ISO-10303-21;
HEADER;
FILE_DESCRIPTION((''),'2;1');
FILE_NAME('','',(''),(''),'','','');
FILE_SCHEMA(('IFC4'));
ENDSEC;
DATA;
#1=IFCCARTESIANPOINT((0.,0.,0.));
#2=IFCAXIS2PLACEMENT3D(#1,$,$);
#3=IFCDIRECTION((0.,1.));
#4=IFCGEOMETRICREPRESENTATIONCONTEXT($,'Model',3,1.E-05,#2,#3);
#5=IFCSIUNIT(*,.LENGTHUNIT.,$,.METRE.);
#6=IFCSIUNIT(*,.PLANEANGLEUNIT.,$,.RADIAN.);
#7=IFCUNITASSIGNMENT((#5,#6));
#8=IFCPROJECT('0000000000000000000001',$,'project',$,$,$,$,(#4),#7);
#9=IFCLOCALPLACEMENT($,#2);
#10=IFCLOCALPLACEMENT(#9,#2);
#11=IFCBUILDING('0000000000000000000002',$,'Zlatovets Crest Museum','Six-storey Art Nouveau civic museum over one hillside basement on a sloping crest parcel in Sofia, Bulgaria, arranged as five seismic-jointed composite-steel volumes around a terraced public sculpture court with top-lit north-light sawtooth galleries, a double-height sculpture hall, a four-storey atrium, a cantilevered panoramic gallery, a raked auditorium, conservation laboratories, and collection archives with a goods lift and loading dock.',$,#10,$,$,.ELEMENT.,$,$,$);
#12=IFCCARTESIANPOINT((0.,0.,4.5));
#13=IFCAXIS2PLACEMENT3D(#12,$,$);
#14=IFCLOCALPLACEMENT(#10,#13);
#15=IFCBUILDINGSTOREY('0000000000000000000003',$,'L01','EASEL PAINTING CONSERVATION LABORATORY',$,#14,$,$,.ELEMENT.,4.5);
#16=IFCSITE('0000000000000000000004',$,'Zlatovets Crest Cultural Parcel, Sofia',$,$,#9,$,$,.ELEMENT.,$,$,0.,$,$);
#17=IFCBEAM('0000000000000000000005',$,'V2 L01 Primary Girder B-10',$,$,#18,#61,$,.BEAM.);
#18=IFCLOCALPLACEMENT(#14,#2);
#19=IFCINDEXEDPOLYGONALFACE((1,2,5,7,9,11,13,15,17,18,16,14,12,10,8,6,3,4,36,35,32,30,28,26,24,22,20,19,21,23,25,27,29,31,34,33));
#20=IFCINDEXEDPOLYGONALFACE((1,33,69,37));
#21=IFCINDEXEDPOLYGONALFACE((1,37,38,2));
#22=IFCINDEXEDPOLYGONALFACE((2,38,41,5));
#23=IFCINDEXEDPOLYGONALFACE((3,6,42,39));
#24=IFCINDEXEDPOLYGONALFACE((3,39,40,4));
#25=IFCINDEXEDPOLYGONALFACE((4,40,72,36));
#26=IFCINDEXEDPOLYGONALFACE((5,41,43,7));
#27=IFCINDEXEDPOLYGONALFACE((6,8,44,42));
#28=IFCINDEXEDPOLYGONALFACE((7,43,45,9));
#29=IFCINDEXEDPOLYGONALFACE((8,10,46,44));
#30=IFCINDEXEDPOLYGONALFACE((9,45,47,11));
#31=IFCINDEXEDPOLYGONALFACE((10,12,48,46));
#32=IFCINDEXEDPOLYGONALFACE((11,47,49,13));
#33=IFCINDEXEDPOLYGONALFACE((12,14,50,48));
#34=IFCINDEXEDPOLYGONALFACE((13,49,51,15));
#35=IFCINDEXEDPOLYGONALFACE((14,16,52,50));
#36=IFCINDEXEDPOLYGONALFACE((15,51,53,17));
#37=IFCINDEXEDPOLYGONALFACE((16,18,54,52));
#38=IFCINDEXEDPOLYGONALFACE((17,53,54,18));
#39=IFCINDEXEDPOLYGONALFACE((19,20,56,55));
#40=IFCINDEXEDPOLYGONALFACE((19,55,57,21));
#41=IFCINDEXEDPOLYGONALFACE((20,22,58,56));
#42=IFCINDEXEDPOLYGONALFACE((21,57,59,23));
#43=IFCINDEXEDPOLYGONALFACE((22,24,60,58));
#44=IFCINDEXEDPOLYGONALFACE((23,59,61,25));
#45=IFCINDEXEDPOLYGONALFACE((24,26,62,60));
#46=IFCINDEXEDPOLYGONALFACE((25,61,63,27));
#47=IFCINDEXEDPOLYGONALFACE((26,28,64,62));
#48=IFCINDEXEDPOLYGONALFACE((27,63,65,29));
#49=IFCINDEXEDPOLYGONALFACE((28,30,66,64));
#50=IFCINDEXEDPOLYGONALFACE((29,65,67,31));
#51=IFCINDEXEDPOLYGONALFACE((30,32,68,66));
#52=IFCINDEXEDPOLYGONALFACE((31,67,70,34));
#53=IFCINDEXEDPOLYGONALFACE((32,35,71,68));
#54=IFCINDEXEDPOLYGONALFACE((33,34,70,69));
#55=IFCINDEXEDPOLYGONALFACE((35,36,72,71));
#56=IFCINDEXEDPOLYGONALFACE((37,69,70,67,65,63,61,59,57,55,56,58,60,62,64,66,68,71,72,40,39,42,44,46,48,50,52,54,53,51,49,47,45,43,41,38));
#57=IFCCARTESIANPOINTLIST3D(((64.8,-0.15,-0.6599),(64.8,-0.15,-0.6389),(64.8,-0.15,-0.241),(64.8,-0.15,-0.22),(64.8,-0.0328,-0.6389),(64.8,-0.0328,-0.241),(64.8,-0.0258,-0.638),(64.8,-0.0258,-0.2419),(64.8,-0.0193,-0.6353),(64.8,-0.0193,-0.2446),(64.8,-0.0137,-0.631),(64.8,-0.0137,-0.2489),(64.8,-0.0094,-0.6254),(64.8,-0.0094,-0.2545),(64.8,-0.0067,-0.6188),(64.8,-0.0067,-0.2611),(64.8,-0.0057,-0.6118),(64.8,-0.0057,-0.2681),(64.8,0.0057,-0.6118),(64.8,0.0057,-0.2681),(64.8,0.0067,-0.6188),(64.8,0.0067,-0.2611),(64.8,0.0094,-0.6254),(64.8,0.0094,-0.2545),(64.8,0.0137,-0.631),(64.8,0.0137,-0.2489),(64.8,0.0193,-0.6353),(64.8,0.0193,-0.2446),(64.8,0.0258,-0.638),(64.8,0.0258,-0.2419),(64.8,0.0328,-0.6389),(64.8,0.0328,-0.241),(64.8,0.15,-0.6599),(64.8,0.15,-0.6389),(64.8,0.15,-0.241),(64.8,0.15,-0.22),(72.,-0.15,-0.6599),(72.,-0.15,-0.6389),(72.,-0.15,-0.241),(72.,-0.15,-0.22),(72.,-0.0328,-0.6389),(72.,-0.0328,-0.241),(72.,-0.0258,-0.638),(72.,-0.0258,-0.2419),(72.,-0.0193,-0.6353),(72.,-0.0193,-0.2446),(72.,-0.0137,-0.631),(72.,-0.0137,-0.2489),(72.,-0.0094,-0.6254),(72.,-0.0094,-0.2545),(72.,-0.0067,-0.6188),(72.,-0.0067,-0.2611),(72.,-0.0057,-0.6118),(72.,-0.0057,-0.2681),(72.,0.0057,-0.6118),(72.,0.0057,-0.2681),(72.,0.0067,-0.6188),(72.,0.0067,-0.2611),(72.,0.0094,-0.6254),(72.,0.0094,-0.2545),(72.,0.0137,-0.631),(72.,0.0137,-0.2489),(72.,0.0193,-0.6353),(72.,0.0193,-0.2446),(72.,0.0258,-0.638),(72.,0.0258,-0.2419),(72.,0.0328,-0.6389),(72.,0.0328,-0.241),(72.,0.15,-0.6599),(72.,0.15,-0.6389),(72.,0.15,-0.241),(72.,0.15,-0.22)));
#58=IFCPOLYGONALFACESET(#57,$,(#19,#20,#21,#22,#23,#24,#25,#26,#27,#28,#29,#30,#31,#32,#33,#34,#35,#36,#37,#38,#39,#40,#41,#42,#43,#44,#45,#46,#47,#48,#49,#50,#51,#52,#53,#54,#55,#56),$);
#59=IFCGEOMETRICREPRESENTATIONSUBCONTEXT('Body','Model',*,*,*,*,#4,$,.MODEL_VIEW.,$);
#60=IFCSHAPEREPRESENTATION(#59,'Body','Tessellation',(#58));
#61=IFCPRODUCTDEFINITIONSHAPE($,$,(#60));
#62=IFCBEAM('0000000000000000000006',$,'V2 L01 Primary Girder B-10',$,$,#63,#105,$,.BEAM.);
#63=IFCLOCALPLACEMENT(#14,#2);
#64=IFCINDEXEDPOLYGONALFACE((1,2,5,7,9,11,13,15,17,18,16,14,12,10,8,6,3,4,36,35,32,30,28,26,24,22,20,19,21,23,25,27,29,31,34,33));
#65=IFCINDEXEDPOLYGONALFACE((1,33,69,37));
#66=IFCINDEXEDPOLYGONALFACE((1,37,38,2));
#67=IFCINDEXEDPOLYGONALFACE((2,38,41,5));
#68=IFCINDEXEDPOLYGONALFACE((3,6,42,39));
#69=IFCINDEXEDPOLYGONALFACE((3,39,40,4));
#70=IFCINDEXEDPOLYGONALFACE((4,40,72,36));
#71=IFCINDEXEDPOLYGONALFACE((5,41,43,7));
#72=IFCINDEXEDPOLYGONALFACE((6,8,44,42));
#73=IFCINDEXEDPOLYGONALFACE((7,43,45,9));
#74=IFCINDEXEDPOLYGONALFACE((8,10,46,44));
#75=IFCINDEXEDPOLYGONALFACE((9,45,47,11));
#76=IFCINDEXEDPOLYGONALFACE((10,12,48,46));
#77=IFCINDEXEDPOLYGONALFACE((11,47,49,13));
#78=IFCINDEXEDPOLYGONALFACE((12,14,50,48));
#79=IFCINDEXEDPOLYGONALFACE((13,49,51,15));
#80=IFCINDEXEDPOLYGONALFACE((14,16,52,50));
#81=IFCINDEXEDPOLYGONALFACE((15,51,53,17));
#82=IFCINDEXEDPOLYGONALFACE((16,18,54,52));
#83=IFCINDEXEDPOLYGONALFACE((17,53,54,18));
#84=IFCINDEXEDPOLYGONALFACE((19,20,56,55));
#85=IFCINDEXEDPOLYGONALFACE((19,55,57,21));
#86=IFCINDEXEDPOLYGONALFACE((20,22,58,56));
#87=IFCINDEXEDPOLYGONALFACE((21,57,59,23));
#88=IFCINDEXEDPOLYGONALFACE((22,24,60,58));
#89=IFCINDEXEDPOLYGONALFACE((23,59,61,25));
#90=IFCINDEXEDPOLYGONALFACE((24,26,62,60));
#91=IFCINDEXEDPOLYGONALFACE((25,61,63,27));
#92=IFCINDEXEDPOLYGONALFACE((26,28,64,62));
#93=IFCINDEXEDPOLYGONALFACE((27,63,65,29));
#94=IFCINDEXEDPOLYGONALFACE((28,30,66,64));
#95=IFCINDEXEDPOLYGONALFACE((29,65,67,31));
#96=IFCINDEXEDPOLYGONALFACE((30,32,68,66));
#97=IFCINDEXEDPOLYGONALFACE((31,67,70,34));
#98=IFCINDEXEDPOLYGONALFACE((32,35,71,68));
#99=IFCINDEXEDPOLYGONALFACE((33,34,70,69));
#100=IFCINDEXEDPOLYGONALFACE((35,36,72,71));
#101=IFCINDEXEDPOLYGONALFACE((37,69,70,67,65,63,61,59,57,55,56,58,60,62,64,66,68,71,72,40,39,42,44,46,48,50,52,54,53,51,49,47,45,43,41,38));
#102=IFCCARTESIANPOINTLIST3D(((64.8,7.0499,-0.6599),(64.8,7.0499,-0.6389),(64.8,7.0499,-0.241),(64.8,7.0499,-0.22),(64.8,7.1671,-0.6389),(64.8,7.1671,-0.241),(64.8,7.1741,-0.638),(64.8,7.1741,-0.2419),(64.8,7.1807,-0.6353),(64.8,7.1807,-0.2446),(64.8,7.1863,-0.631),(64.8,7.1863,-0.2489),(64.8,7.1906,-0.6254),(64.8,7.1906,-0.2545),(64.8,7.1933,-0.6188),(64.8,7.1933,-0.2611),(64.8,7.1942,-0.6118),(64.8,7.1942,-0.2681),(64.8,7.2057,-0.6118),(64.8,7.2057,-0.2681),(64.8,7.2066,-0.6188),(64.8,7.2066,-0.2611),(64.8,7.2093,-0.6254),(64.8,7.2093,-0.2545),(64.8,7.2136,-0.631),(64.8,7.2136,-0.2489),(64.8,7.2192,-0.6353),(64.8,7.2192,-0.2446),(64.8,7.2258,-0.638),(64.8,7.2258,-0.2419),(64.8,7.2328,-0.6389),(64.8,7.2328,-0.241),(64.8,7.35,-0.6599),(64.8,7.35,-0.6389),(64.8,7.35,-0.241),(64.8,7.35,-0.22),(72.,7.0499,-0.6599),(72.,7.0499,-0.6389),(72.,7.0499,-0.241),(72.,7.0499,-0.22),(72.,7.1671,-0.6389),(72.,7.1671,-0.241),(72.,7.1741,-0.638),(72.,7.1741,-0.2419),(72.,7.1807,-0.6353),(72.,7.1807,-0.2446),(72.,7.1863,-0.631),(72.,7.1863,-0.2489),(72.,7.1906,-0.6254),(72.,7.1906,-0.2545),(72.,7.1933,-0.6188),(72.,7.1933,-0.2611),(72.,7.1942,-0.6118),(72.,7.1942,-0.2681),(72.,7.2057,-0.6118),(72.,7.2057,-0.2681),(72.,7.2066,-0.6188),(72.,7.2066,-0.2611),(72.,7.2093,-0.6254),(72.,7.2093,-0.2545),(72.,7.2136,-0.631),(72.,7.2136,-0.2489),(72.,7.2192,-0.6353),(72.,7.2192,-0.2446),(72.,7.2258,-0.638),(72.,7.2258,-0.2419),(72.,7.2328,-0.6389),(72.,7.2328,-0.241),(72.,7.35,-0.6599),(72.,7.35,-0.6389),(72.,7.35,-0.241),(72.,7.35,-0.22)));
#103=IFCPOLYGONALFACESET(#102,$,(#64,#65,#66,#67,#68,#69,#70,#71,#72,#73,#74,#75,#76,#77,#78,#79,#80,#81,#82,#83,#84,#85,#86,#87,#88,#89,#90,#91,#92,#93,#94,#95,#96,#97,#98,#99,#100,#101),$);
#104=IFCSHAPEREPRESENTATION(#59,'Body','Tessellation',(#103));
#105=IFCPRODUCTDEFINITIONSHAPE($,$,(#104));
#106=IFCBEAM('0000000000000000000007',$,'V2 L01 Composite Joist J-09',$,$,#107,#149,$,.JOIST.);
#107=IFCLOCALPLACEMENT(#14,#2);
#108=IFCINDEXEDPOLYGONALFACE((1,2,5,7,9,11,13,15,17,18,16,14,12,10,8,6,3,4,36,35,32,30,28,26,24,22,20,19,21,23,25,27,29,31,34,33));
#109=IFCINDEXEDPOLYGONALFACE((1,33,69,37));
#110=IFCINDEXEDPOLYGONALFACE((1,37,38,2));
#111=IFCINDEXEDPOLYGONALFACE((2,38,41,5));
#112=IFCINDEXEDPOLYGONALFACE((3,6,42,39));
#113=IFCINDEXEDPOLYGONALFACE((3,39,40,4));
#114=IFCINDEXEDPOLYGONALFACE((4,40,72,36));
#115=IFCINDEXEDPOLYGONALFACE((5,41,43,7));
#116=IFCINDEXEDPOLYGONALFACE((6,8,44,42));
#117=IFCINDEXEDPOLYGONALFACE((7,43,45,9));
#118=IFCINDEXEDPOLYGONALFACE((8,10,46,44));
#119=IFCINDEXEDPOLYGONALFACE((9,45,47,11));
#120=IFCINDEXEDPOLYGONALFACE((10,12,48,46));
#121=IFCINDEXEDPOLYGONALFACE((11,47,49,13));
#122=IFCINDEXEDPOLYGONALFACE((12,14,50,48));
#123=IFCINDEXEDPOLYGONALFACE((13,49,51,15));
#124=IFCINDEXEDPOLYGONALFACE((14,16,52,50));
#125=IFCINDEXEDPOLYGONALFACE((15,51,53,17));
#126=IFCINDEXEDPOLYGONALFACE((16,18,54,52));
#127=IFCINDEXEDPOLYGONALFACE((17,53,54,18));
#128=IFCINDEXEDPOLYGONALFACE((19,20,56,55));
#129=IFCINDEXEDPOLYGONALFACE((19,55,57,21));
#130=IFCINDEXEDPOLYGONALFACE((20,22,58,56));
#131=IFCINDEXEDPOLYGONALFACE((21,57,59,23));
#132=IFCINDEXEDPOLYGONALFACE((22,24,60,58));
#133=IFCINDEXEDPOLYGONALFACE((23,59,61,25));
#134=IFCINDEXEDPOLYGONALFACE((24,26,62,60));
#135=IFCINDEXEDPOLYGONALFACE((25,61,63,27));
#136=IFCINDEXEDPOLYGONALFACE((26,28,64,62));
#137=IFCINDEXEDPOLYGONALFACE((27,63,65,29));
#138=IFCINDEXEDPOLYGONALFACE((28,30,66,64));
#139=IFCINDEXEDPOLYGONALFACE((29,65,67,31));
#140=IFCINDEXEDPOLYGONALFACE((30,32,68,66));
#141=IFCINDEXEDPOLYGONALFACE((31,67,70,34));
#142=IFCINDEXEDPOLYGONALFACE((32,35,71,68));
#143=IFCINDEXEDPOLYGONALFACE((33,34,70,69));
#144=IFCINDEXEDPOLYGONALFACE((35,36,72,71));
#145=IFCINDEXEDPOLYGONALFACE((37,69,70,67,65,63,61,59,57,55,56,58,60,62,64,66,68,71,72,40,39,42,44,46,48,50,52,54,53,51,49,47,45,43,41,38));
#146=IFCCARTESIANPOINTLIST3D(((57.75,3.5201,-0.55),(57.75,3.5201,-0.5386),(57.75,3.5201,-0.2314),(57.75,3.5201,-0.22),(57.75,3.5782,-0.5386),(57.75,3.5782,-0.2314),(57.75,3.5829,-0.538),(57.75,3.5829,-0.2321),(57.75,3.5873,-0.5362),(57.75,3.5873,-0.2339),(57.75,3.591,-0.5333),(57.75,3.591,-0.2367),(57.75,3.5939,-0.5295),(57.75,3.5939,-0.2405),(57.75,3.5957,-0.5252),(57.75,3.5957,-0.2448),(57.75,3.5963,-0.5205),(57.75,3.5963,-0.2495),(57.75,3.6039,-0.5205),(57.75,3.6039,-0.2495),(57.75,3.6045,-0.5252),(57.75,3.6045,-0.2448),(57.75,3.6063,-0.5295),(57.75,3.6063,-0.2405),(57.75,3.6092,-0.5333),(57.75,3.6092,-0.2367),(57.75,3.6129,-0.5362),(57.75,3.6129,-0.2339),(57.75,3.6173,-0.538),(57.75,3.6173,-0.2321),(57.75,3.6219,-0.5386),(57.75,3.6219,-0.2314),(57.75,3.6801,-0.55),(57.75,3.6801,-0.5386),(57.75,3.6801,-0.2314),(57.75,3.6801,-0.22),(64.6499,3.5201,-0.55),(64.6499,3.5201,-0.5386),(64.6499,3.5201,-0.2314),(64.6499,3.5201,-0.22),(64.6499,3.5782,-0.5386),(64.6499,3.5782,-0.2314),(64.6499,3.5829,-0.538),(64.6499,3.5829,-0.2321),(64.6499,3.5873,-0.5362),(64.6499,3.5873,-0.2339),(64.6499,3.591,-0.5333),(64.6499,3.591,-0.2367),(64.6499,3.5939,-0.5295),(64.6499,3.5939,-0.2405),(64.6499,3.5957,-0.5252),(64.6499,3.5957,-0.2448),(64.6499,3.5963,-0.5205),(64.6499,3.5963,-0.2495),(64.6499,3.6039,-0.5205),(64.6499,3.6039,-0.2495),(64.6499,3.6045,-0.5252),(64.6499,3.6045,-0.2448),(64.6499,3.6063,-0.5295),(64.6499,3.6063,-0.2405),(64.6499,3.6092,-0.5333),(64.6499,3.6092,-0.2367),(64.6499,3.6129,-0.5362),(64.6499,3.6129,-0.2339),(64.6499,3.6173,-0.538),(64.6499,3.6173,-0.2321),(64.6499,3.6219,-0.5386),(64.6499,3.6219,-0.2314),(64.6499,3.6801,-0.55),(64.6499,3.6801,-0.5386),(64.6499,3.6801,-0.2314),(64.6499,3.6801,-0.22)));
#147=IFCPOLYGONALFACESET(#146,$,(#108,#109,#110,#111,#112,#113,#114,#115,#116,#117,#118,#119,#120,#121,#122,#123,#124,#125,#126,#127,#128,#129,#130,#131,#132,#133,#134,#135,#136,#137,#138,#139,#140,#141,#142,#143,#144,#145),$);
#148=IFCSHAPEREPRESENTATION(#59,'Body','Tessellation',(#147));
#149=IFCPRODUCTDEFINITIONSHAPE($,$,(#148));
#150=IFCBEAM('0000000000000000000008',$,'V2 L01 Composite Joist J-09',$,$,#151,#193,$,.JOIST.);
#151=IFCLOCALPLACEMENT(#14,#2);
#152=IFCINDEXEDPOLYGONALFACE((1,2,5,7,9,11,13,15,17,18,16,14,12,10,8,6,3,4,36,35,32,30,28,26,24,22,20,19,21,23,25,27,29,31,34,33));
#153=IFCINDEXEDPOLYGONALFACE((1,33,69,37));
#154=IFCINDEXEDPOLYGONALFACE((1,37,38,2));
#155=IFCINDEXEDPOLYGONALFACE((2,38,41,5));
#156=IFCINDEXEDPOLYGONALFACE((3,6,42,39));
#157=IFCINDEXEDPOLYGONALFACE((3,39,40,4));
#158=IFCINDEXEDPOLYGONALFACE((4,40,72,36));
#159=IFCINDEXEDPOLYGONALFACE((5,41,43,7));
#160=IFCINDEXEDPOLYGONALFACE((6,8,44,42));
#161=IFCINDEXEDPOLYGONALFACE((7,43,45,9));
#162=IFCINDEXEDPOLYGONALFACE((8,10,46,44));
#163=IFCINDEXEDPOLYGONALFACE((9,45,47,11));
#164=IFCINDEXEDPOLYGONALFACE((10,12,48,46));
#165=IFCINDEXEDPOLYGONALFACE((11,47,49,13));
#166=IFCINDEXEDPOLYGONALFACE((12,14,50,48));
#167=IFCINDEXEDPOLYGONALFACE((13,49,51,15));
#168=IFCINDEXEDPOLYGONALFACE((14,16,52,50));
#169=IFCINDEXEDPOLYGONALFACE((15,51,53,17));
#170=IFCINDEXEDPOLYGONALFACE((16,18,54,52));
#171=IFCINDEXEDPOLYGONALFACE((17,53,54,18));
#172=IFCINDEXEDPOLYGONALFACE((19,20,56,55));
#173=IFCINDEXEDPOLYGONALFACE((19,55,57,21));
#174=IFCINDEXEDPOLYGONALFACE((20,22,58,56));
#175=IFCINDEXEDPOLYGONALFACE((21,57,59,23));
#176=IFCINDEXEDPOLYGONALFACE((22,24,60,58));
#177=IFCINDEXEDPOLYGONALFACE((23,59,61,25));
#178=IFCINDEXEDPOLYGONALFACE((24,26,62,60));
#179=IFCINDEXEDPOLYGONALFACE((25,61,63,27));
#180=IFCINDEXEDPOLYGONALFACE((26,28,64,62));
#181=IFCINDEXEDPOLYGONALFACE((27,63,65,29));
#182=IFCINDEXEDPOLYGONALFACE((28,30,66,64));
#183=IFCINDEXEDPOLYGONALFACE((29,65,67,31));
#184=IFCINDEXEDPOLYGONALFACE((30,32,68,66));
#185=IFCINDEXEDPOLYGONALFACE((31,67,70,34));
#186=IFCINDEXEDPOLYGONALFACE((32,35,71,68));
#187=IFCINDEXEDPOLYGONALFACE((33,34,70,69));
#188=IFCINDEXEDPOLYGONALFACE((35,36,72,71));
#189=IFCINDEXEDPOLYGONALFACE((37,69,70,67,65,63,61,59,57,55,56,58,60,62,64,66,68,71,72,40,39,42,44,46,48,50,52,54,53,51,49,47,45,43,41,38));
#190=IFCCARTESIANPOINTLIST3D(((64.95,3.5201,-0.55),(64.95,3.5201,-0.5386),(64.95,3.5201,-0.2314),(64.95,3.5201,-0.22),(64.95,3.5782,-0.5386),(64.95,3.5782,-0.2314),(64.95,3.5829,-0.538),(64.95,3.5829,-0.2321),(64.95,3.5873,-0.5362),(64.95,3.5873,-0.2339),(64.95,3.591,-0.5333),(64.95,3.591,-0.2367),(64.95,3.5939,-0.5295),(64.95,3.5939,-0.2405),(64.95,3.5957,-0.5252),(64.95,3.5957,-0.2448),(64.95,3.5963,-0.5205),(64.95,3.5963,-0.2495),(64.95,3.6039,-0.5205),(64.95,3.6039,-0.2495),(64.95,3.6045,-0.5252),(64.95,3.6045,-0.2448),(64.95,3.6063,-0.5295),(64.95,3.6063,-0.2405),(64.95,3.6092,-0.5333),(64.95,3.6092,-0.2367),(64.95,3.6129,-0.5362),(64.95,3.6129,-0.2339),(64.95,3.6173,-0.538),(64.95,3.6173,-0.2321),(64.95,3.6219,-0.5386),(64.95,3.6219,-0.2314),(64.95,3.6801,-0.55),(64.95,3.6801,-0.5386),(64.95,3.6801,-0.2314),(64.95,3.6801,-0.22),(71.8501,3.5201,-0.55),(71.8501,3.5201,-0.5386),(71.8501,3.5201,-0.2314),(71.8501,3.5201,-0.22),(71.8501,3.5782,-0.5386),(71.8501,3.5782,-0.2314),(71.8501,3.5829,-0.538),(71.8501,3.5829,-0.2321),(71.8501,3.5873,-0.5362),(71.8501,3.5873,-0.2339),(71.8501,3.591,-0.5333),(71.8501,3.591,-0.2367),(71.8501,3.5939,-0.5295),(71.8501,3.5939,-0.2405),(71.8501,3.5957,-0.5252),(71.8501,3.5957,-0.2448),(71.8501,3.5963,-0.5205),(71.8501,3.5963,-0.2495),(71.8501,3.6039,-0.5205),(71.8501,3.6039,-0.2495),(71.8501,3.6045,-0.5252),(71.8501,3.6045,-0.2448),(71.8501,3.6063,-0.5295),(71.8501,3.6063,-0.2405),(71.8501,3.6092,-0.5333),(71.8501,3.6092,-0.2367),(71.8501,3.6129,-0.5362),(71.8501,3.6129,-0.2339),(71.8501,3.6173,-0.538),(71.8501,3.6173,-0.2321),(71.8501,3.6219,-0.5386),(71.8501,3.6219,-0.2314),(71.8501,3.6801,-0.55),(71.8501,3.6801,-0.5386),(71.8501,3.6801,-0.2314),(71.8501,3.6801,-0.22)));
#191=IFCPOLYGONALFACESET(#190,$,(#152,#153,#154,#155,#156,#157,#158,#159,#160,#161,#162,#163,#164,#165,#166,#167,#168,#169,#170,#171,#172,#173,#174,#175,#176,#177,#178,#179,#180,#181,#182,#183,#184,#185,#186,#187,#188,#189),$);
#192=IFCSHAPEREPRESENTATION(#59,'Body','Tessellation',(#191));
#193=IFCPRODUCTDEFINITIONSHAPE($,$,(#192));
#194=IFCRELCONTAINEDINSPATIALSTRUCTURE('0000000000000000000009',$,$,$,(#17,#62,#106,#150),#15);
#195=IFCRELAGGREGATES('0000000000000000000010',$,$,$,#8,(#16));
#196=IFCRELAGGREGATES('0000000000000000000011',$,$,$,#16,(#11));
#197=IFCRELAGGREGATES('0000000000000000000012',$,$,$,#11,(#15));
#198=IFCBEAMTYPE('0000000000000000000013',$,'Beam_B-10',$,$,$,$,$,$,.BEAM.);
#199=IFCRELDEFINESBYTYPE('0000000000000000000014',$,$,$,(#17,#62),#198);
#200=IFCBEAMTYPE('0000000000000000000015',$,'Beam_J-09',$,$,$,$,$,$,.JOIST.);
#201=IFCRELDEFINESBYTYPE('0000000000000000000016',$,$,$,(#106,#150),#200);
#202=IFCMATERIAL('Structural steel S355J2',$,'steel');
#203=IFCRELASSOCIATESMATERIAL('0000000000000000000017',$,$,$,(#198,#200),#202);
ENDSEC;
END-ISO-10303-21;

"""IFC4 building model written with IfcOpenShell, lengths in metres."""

from ifc_helpers import new_model, si_unit, direction, frame, origin, origin_2d, place, context, subcontext, project, spatial, i_section, extrude, material, material_profile, profile_set, type_object, element, save


model = new_model("IFC4")

# Units and contexts
model_context = context("Model", 3, precision=1e-05, world=origin(), true_north=direction((0.0, 1.0)))
body_context = subcontext(model_context, "Body", "Model", "MODEL_VIEW")
ifc_project = project(units=[si_unit("LENGTHUNIT", "METRE"), si_unit("PLANEANGLEUNIT", "RADIAN")], contexts=[model_context])

# Site, building, storey
site_placement = place(None, origin())
site = spatial("IfcSite", under=ifc_project, at=site_placement, Name="Zlatovets Crest Cultural Parcel, Sofia", CompositionType="ELEMENT", RefElevation=0.0)
building_placement = place(site_placement, origin())
building = spatial("IfcBuilding", under=site, at=building_placement, Name="Zlatovets Crest Museum", Description="Six-storey Art Nouveau civic museum over one hillside basement on a sloping crest parcel in Sofia, Bulgaria, arranged as five seismic-jointed composite-steel volumes around a terraced public sculpture court with top-lit north-light sawtooth galleries, a double-height sculpture hall, a four-storey atrium, a cantilevered panoramic gallery, a raked auditorium, conservation laboratories, and collection archives with a goods lift and loading dock.", CompositionType="ELEMENT")
storey_placement = place(building_placement, frame((0.0, 0.0, 4.5)))
storey = spatial("IfcBuildingStorey", under=building, at=storey_placement, Name="L01", Description="EASEL PAINTING CONSERVATION LABORATORY", CompositionType="ELEMENT", Elevation=4.5)

# Shared definitions
ifc_material_1 = material(Name="Structural steel S355J2", Category="steel")

# Beams
ifc_material_profile_1 = material_profile(ifc_material_1, i_section(OverallWidth=0.3, OverallDepth=0.4399, WebThickness=0.0115, FlangeThickness=0.021, FilletRadius=0.0271, at=origin_2d()), Name="HEA 450")
ifc_profile_set_1 = profile_set([ifc_material_profile_1], Name="Structural steel S355J2")
beam_type_1 = type_object("IfcBeamType", Name="Beam_B-10", PredefinedType="BEAM", material=ifc_profile_set_1)
for number, where, z_axis, x_axis, name in (
    (1, (64.8, 0.0, -0.4399), (1.0, 0.0, 0.0), (0.0, 1.0, 0.0), "V2 L01 Primary Girder B-10"),
    (2, (64.8, 7.2, -0.4399), (1.0, 0.0, 0.0), (0.0, 1.0, 0.0), "V2 L01 Primary Girder B-10"),
):
    element("IfcBeam", number, at=place(storey_placement, frame(where, z_axis=z_axis, x_axis=x_axis)), inside=storey, type_object=beam_type_1, Name=name, PredefinedType="BEAM", context=body_context, shape_type="SweptSolid", body=[
        extrude(i_section(OverallWidth=0.3, OverallDepth=0.4399, WebThickness=0.0115, FlangeThickness=0.021, FilletRadius=0.0271, at=origin_2d()), origin(), (0.0, 0.0, 1.0), 7.2),
    ])
ifc_material_profile_2 = material_profile(ifc_material_1, i_section(OverallWidth=0.1599, OverallDepth=0.3301, WebThickness=0.0076, FlangeThickness=0.0115, FilletRadius=0.0181, at=origin_2d()), Name="IPE 330")
ifc_profile_set_2 = profile_set([ifc_material_profile_2], Name="Structural steel S355J2")
beam_type_2 = type_object("IfcBeamType", Name="Beam_J-09", PredefinedType="JOIST", material=ifc_profile_set_2)
beam_1_placement = place(storey_placement, frame((57.75, 3.6001, -0.385), z_axis=(1.0, 0.0, 0.0), x_axis=(0.0, 1.0, 0.0)))
element("IfcBeam", 3, at=beam_1_placement, inside=storey, type_object=beam_type_2, Name="V2 L01 Composite Joist J-09", PredefinedType="JOIST", context=body_context, shape_type="SweptSolid", body=[
    extrude(i_section(OverallWidth=0.1599, OverallDepth=0.3301, WebThickness=0.0076, FlangeThickness=0.0115, FilletRadius=0.0181, at=origin_2d()), origin(), (0.0, 0.0, 1.0), 6.8999),
])
beam_2_placement = place(storey_placement, frame((64.95, 3.6001, -0.385), z_axis=(1.0, 0.0, 0.0), x_axis=(0.0, 1.0, 0.0)))
element("IfcBeam", 4, at=beam_2_placement, inside=storey, type_object=beam_type_2, Name="V2 L01 Composite Joist J-09", PredefinedType="JOIST", context=body_context, shape_type="SweptSolid", body=[
    extrude(i_section(OverallWidth=0.1599, OverallDepth=0.3301, WebThickness=0.0076, FlangeThickness=0.0115, FilletRadius=0.0181, at=origin_2d()), origin(), (0.0, 0.0, 1.0), 6.9001),
])

save(model, "model.ifc")
